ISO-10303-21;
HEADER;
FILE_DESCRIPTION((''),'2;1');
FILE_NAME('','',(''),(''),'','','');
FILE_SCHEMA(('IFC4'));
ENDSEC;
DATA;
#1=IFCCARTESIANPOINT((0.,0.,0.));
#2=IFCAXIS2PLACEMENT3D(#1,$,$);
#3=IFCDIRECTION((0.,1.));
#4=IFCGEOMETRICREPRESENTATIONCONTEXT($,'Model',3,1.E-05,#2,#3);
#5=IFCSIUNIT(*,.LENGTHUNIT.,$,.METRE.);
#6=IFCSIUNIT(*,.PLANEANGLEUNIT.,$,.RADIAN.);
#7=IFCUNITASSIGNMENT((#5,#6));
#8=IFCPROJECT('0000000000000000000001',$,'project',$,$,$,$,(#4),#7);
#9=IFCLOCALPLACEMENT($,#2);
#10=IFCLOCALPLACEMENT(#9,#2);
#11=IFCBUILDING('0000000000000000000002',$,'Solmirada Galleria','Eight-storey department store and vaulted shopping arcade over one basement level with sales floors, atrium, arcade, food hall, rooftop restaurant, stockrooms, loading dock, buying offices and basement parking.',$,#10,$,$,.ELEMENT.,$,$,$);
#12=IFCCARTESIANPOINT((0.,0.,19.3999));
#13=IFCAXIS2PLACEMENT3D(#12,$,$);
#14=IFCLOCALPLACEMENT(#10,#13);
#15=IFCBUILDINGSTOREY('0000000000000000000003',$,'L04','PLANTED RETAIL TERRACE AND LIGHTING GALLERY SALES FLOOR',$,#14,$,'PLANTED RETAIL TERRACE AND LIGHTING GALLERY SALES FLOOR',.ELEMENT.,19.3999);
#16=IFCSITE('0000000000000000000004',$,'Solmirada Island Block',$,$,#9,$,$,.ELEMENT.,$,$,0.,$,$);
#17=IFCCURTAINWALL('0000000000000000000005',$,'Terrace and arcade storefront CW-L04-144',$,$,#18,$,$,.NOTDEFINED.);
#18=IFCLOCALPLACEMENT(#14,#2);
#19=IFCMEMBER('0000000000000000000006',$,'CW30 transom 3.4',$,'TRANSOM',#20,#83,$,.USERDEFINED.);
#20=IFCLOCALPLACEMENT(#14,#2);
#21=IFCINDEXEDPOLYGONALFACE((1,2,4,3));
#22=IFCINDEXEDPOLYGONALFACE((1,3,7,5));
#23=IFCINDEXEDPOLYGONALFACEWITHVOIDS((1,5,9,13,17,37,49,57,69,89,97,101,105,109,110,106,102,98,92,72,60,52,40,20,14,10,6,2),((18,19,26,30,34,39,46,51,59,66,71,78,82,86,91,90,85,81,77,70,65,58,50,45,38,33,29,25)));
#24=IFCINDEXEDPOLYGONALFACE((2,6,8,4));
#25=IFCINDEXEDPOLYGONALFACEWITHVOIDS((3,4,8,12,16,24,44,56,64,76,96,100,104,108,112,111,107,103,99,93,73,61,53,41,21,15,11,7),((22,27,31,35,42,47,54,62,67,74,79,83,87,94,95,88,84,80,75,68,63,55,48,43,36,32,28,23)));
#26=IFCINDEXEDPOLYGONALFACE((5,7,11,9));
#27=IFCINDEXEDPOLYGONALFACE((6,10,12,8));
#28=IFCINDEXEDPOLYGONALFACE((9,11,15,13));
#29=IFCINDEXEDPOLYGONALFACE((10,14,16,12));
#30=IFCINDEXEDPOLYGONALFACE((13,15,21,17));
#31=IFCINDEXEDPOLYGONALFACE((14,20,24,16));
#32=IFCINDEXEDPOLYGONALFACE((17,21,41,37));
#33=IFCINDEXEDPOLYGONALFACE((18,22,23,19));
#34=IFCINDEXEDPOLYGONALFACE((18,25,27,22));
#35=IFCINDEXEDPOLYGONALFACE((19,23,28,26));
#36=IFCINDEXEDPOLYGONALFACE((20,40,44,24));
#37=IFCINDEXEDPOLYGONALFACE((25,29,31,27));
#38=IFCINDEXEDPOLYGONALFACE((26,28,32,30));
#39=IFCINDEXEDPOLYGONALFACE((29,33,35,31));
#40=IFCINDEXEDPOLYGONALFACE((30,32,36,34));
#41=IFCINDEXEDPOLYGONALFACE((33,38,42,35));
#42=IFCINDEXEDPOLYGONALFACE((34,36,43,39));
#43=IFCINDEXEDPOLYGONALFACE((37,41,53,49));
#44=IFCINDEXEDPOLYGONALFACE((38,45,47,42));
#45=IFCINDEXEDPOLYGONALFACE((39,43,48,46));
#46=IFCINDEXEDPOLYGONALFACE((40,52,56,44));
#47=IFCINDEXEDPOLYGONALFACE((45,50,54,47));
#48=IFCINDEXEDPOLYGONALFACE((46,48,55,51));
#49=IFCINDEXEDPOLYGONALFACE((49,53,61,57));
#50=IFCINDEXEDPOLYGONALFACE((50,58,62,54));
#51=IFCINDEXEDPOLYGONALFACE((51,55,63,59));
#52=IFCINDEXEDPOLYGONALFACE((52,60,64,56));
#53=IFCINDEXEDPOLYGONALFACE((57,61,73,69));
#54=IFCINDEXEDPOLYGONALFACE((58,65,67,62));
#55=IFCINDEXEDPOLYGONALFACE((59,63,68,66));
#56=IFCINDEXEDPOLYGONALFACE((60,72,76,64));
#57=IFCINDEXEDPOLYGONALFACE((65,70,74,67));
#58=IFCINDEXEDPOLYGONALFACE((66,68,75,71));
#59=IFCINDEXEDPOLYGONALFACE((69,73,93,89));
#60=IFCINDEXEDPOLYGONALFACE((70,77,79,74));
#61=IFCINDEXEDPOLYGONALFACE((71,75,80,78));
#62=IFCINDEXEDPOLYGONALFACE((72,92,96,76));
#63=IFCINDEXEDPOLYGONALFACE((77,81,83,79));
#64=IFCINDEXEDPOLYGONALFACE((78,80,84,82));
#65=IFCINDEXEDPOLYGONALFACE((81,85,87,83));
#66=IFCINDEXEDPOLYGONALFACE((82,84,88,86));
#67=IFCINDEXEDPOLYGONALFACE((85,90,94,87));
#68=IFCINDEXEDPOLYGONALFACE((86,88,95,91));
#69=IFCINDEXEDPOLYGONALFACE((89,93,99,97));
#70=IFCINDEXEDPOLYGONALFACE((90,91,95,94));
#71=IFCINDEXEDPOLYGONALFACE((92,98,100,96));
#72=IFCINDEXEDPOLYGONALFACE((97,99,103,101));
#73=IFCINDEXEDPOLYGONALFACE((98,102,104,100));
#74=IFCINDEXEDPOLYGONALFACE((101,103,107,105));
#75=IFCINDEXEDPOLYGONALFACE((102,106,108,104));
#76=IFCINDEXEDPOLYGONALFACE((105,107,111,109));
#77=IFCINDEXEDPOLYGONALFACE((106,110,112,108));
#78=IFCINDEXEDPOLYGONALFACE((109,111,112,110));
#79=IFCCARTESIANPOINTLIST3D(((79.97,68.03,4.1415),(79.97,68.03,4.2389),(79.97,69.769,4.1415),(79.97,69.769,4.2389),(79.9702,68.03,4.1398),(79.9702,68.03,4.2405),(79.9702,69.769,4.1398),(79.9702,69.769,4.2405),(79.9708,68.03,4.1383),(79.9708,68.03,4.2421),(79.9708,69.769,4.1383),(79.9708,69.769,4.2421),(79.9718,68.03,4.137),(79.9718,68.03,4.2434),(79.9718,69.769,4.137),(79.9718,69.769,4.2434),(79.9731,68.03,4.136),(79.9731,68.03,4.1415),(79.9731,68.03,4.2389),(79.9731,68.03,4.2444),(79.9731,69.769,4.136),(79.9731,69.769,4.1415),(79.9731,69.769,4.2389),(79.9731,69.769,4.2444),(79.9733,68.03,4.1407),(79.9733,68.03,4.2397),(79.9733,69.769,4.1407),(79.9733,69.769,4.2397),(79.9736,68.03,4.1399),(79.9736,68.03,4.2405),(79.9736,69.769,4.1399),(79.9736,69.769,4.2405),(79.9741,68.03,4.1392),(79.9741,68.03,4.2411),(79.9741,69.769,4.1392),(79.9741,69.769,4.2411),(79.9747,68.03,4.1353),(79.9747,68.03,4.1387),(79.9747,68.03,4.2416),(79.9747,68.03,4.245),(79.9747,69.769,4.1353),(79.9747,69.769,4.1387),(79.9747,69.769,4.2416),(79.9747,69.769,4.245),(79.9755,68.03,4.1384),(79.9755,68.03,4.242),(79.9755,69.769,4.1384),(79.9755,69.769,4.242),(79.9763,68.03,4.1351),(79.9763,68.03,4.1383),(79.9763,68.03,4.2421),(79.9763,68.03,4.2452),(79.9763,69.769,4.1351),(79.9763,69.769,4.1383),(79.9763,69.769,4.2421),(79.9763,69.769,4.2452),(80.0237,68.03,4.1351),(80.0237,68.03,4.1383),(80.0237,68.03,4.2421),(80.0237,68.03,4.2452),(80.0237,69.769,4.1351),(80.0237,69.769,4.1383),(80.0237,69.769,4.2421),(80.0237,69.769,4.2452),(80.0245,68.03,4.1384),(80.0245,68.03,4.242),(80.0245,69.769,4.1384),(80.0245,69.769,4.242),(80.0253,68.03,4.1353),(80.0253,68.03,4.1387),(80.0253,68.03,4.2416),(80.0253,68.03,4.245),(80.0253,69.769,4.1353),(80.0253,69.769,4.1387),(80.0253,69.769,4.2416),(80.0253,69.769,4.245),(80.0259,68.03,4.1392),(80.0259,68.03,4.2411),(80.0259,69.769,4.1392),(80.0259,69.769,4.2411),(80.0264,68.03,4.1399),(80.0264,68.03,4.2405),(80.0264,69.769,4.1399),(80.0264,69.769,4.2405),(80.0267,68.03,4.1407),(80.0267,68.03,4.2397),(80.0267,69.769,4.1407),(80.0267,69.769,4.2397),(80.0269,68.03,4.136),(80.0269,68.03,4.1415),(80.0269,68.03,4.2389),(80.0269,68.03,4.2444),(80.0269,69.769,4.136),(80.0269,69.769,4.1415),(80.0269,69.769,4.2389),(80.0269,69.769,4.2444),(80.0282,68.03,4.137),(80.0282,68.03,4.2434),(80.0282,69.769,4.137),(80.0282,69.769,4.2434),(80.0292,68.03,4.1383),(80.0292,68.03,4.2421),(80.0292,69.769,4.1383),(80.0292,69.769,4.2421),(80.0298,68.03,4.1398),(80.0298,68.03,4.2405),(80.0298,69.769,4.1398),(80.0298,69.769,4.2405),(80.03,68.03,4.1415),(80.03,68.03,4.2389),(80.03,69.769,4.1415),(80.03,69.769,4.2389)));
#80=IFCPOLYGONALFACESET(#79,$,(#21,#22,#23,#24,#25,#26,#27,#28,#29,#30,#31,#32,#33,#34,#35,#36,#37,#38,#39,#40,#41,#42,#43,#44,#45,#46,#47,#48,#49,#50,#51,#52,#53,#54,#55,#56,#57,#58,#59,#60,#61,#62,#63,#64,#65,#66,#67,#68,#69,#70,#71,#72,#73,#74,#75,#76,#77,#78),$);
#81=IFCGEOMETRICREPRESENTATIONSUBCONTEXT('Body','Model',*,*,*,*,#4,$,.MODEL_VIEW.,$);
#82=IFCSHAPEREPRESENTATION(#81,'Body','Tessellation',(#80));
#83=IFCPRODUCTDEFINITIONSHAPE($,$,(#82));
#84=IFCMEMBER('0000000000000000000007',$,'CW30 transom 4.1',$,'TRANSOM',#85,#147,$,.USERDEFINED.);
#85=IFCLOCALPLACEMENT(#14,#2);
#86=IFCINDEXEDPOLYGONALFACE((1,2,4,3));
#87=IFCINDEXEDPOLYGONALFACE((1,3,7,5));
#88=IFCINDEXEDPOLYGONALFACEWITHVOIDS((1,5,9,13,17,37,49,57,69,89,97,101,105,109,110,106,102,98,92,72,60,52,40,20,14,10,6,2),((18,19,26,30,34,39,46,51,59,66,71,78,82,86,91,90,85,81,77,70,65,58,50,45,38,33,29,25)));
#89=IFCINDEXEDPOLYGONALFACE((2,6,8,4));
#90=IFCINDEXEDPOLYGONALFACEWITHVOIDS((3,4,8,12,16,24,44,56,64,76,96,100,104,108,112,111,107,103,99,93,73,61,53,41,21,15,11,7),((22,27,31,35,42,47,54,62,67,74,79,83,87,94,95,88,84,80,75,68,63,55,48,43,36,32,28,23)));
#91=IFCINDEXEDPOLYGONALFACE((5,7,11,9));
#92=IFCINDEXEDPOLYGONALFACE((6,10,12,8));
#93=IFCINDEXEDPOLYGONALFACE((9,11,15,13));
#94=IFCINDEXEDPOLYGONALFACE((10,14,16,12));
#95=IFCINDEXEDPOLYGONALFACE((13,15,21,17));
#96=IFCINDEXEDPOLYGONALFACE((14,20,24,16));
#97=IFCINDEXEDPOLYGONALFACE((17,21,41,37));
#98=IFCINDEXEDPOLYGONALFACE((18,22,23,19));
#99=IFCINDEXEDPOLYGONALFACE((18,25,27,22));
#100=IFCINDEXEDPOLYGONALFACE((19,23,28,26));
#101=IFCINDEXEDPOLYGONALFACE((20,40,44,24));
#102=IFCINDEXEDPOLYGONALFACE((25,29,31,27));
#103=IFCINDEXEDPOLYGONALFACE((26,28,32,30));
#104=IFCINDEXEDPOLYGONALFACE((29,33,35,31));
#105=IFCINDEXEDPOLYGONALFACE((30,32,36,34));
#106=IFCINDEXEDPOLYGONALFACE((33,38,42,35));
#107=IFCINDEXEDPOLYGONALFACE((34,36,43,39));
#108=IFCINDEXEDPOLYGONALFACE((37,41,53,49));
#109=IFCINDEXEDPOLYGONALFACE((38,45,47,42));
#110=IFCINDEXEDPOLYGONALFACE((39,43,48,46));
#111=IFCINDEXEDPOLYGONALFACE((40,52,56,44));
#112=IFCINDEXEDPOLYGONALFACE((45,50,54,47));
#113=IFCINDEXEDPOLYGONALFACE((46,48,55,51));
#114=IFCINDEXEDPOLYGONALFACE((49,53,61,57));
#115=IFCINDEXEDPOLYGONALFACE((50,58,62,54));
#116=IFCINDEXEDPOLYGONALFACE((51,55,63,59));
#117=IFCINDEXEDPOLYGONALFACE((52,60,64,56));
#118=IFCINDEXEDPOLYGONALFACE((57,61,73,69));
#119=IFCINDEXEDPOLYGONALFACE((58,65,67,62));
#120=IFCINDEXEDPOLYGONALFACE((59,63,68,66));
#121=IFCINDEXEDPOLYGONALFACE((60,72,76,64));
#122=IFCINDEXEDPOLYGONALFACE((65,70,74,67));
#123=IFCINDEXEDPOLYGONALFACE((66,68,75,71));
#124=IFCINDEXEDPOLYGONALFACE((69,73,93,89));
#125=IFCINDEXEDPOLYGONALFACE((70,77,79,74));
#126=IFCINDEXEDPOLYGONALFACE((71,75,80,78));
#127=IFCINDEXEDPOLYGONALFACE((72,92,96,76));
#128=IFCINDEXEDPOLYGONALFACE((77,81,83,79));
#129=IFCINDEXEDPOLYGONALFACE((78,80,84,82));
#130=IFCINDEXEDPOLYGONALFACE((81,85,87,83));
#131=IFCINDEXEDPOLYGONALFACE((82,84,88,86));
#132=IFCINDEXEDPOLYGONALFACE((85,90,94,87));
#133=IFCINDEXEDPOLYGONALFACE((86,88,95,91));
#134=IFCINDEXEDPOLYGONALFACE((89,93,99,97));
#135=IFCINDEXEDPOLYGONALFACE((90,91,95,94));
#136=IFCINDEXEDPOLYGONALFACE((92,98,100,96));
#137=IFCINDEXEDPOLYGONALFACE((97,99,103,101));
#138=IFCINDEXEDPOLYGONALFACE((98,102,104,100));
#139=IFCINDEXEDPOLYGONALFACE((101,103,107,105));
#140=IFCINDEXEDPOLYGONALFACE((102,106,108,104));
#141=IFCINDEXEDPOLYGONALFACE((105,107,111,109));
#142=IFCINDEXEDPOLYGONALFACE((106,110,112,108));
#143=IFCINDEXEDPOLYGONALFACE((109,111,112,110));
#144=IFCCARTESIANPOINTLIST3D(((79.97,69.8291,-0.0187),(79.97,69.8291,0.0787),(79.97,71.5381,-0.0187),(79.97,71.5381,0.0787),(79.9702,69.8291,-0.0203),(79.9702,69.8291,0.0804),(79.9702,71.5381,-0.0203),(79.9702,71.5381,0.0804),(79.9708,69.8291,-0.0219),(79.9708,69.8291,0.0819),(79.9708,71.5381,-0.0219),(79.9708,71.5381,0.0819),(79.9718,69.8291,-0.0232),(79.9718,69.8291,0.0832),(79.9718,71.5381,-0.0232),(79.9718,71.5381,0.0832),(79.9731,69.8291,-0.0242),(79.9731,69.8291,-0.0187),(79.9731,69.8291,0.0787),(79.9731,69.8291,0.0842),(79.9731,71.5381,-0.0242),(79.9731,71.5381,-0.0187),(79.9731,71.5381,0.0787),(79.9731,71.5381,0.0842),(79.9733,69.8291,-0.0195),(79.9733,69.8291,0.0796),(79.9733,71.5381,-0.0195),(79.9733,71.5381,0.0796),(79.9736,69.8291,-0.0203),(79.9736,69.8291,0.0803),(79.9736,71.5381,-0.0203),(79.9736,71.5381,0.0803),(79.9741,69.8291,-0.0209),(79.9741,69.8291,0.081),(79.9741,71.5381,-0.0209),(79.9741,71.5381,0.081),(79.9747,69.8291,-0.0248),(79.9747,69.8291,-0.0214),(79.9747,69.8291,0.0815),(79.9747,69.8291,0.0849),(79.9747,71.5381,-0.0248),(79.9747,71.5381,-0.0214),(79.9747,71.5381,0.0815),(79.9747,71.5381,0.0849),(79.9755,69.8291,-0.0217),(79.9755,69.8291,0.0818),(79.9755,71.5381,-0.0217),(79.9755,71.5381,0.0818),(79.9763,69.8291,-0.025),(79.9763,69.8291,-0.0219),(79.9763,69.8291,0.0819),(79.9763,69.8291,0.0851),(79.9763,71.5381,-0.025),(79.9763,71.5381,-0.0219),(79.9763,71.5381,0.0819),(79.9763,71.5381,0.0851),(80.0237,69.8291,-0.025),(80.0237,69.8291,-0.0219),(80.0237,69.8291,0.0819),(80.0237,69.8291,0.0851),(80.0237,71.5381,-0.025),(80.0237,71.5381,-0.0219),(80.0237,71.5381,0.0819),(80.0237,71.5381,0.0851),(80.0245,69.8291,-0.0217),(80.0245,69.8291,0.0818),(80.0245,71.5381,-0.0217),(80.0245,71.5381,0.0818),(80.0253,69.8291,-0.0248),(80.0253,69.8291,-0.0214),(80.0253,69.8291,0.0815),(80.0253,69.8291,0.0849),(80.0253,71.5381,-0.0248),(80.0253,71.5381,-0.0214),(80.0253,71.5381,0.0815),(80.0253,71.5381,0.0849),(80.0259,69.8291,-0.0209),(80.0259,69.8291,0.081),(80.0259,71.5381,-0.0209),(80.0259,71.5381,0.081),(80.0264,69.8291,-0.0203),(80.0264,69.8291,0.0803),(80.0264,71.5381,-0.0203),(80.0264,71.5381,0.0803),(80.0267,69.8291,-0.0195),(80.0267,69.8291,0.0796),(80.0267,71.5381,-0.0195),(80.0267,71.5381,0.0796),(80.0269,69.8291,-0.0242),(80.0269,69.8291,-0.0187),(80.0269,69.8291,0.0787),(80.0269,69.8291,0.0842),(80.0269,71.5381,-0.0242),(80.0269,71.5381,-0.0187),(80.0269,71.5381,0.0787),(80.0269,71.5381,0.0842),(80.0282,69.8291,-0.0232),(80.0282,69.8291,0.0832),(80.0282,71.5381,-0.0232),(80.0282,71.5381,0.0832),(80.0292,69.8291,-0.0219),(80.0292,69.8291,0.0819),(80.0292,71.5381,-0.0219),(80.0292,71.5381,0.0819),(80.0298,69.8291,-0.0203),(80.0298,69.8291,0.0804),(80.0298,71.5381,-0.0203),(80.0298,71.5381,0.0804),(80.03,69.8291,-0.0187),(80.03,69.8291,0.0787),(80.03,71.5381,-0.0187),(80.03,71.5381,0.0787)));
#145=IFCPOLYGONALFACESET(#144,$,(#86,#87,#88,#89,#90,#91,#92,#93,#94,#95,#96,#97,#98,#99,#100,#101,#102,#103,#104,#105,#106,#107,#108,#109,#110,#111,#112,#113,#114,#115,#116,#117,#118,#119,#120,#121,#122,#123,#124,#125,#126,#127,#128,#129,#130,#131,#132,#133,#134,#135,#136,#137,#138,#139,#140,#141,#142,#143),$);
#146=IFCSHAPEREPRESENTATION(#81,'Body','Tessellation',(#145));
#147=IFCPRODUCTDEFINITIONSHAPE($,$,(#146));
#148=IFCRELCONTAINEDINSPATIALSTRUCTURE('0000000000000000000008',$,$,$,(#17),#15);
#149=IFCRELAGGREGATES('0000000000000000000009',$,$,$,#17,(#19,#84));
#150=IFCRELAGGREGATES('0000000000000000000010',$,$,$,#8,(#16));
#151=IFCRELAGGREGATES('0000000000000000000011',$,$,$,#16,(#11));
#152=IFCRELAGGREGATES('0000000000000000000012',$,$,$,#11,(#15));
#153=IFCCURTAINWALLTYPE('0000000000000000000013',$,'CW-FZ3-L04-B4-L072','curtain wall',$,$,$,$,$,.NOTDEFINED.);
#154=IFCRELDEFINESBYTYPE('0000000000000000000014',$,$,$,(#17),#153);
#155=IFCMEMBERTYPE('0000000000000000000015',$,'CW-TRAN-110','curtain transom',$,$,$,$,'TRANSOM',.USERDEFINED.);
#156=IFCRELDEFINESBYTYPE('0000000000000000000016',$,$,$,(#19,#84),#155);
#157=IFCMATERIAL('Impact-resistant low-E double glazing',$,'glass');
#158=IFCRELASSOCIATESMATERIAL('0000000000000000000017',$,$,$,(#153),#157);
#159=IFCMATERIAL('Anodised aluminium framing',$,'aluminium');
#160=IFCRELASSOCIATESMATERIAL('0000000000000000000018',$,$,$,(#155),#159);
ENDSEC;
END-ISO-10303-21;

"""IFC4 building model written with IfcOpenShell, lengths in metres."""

from ifc_helpers import new_model, si_unit, direction, frame, origin, origin_2d, place, context, subcontext, project, spatial, hollow_rectangle, extrude, material, material_profile, profile_set, type_object, element, aggregate, save


model = new_model("IFC4")

# Units and contexts
model_context = context("Model", 3, precision=1e-05, world=origin(), true_north=direction((0.0, 1.0)))
body_context = subcontext(model_context, "Body", "Model", "MODEL_VIEW")
ifc_project = project(units=[si_unit("LENGTHUNIT", "METRE"), si_unit("PLANEANGLEUNIT", "RADIAN")], contexts=[model_context])

# Site, building, storey
site_placement = place(None, origin())
site = spatial("IfcSite", under=ifc_project, at=site_placement, Name="Solmirada Island Block", CompositionType="ELEMENT", RefElevation=0.0)
building_placement = place(site_placement, origin())
building = spatial("IfcBuilding", under=site, at=building_placement, Name="Solmirada Galleria", Description="Eight-storey department store and vaulted shopping arcade over one basement level with sales floors, atrium, arcade, food hall, rooftop restaurant, stockrooms, loading dock, buying offices and basement parking.", CompositionType="ELEMENT")
storey_placement = place(building_placement, frame((0.0, 0.0, 19.3999)))
storey = spatial("IfcBuildingStorey", under=building, at=storey_placement, Name="L04", Description="PLANTED RETAIL TERRACE AND LIGHTING GALLERY SALES FLOOR", LongName="PLANTED RETAIL TERRACE AND LIGHTING GALLERY SALES FLOOR", CompositionType="ELEMENT", Elevation=19.3999)

# Curtain wall
ifc_material_1 = material(Name="Impact-resistant low-E double glazing", Category="glass")
curtain_wall_type = type_object("IfcCurtainWallType", Name="CW-FZ3-L04-B4-L072", Description="curtain wall", PredefinedType="NOTDEFINED", material=ifc_material_1)
curtain_wall_1_placement = place(storey_placement, origin())
curtain_wall_1 = element("IfcCurtainWall", 1, at=curtain_wall_1_placement, inside=storey, type_object=curtain_wall_type, Name="Terrace and arcade storefront CW-L04-144", PredefinedType="NOTDEFINED")
ifc_material_2 = material(Name="Anodised aluminium framing", Category="aluminium")

# Members
ifc_material_profile_1 = material_profile(ifc_material_2, hollow_rectangle(XDim=0.0601, YDim=0.1101, WallThickness=0.0032, InnerFilletRadius=0.0032, OuterFilletRadius=0.0063, at=origin_2d()), Name="ALU-TRAN-110X60")
ifc_profile_set_1 = profile_set([ifc_material_profile_1], Name="Anodised aluminium framing")
member_type_1 = type_object("IfcMemberType", Name="CW-TRAN-110", Description="curtain transom", ElementType="TRANSOM", PredefinedType="USERDEFINED", material=ifc_profile_set_1)
member_1_placement = place(storey_placement, frame((80.0, 68.03, 4.1902), z_axis=(0.0, 1.0, 0.0), x_axis=(-1.0, 0.0, 0.0)))
member_1 = element("IfcMember", 2, at=member_1_placement, type_object=member_type_1, Name="CW30 transom 3.4", ObjectType="TRANSOM", PredefinedType="USERDEFINED", context=body_context, shape_type="SweptSolid", body=[
    extrude(hollow_rectangle(XDim=0.0601, YDim=0.1101, WallThickness=0.0032, InnerFilletRadius=0.0032, OuterFilletRadius=0.0063, at=origin_2d()), origin(), (0.0, 0.0, 1.0), 1.739),
])
member_2_placement = place(storey_placement, frame((80.0, 69.8291, 0.03), z_axis=(0.0, 1.0, 0.0), x_axis=(-1.0, 0.0, 0.0)))
member_2 = element("IfcMember", 3, at=member_2_placement, type_object=member_type_1, Name="CW30 transom 4.1", ObjectType="TRANSOM", PredefinedType="USERDEFINED", context=body_context, shape_type="SweptSolid", body=[
    extrude(hollow_rectangle(XDim=0.0601, YDim=0.1101, WallThickness=0.0032, InnerFilletRadius=0.0032, OuterFilletRadius=0.0063, at=origin_2d()), origin(), (0.0, 0.0, 1.0), 1.709),
])

aggregate(curtain_wall_1, [member_1, member_2])

save(model, "model.ifc")
